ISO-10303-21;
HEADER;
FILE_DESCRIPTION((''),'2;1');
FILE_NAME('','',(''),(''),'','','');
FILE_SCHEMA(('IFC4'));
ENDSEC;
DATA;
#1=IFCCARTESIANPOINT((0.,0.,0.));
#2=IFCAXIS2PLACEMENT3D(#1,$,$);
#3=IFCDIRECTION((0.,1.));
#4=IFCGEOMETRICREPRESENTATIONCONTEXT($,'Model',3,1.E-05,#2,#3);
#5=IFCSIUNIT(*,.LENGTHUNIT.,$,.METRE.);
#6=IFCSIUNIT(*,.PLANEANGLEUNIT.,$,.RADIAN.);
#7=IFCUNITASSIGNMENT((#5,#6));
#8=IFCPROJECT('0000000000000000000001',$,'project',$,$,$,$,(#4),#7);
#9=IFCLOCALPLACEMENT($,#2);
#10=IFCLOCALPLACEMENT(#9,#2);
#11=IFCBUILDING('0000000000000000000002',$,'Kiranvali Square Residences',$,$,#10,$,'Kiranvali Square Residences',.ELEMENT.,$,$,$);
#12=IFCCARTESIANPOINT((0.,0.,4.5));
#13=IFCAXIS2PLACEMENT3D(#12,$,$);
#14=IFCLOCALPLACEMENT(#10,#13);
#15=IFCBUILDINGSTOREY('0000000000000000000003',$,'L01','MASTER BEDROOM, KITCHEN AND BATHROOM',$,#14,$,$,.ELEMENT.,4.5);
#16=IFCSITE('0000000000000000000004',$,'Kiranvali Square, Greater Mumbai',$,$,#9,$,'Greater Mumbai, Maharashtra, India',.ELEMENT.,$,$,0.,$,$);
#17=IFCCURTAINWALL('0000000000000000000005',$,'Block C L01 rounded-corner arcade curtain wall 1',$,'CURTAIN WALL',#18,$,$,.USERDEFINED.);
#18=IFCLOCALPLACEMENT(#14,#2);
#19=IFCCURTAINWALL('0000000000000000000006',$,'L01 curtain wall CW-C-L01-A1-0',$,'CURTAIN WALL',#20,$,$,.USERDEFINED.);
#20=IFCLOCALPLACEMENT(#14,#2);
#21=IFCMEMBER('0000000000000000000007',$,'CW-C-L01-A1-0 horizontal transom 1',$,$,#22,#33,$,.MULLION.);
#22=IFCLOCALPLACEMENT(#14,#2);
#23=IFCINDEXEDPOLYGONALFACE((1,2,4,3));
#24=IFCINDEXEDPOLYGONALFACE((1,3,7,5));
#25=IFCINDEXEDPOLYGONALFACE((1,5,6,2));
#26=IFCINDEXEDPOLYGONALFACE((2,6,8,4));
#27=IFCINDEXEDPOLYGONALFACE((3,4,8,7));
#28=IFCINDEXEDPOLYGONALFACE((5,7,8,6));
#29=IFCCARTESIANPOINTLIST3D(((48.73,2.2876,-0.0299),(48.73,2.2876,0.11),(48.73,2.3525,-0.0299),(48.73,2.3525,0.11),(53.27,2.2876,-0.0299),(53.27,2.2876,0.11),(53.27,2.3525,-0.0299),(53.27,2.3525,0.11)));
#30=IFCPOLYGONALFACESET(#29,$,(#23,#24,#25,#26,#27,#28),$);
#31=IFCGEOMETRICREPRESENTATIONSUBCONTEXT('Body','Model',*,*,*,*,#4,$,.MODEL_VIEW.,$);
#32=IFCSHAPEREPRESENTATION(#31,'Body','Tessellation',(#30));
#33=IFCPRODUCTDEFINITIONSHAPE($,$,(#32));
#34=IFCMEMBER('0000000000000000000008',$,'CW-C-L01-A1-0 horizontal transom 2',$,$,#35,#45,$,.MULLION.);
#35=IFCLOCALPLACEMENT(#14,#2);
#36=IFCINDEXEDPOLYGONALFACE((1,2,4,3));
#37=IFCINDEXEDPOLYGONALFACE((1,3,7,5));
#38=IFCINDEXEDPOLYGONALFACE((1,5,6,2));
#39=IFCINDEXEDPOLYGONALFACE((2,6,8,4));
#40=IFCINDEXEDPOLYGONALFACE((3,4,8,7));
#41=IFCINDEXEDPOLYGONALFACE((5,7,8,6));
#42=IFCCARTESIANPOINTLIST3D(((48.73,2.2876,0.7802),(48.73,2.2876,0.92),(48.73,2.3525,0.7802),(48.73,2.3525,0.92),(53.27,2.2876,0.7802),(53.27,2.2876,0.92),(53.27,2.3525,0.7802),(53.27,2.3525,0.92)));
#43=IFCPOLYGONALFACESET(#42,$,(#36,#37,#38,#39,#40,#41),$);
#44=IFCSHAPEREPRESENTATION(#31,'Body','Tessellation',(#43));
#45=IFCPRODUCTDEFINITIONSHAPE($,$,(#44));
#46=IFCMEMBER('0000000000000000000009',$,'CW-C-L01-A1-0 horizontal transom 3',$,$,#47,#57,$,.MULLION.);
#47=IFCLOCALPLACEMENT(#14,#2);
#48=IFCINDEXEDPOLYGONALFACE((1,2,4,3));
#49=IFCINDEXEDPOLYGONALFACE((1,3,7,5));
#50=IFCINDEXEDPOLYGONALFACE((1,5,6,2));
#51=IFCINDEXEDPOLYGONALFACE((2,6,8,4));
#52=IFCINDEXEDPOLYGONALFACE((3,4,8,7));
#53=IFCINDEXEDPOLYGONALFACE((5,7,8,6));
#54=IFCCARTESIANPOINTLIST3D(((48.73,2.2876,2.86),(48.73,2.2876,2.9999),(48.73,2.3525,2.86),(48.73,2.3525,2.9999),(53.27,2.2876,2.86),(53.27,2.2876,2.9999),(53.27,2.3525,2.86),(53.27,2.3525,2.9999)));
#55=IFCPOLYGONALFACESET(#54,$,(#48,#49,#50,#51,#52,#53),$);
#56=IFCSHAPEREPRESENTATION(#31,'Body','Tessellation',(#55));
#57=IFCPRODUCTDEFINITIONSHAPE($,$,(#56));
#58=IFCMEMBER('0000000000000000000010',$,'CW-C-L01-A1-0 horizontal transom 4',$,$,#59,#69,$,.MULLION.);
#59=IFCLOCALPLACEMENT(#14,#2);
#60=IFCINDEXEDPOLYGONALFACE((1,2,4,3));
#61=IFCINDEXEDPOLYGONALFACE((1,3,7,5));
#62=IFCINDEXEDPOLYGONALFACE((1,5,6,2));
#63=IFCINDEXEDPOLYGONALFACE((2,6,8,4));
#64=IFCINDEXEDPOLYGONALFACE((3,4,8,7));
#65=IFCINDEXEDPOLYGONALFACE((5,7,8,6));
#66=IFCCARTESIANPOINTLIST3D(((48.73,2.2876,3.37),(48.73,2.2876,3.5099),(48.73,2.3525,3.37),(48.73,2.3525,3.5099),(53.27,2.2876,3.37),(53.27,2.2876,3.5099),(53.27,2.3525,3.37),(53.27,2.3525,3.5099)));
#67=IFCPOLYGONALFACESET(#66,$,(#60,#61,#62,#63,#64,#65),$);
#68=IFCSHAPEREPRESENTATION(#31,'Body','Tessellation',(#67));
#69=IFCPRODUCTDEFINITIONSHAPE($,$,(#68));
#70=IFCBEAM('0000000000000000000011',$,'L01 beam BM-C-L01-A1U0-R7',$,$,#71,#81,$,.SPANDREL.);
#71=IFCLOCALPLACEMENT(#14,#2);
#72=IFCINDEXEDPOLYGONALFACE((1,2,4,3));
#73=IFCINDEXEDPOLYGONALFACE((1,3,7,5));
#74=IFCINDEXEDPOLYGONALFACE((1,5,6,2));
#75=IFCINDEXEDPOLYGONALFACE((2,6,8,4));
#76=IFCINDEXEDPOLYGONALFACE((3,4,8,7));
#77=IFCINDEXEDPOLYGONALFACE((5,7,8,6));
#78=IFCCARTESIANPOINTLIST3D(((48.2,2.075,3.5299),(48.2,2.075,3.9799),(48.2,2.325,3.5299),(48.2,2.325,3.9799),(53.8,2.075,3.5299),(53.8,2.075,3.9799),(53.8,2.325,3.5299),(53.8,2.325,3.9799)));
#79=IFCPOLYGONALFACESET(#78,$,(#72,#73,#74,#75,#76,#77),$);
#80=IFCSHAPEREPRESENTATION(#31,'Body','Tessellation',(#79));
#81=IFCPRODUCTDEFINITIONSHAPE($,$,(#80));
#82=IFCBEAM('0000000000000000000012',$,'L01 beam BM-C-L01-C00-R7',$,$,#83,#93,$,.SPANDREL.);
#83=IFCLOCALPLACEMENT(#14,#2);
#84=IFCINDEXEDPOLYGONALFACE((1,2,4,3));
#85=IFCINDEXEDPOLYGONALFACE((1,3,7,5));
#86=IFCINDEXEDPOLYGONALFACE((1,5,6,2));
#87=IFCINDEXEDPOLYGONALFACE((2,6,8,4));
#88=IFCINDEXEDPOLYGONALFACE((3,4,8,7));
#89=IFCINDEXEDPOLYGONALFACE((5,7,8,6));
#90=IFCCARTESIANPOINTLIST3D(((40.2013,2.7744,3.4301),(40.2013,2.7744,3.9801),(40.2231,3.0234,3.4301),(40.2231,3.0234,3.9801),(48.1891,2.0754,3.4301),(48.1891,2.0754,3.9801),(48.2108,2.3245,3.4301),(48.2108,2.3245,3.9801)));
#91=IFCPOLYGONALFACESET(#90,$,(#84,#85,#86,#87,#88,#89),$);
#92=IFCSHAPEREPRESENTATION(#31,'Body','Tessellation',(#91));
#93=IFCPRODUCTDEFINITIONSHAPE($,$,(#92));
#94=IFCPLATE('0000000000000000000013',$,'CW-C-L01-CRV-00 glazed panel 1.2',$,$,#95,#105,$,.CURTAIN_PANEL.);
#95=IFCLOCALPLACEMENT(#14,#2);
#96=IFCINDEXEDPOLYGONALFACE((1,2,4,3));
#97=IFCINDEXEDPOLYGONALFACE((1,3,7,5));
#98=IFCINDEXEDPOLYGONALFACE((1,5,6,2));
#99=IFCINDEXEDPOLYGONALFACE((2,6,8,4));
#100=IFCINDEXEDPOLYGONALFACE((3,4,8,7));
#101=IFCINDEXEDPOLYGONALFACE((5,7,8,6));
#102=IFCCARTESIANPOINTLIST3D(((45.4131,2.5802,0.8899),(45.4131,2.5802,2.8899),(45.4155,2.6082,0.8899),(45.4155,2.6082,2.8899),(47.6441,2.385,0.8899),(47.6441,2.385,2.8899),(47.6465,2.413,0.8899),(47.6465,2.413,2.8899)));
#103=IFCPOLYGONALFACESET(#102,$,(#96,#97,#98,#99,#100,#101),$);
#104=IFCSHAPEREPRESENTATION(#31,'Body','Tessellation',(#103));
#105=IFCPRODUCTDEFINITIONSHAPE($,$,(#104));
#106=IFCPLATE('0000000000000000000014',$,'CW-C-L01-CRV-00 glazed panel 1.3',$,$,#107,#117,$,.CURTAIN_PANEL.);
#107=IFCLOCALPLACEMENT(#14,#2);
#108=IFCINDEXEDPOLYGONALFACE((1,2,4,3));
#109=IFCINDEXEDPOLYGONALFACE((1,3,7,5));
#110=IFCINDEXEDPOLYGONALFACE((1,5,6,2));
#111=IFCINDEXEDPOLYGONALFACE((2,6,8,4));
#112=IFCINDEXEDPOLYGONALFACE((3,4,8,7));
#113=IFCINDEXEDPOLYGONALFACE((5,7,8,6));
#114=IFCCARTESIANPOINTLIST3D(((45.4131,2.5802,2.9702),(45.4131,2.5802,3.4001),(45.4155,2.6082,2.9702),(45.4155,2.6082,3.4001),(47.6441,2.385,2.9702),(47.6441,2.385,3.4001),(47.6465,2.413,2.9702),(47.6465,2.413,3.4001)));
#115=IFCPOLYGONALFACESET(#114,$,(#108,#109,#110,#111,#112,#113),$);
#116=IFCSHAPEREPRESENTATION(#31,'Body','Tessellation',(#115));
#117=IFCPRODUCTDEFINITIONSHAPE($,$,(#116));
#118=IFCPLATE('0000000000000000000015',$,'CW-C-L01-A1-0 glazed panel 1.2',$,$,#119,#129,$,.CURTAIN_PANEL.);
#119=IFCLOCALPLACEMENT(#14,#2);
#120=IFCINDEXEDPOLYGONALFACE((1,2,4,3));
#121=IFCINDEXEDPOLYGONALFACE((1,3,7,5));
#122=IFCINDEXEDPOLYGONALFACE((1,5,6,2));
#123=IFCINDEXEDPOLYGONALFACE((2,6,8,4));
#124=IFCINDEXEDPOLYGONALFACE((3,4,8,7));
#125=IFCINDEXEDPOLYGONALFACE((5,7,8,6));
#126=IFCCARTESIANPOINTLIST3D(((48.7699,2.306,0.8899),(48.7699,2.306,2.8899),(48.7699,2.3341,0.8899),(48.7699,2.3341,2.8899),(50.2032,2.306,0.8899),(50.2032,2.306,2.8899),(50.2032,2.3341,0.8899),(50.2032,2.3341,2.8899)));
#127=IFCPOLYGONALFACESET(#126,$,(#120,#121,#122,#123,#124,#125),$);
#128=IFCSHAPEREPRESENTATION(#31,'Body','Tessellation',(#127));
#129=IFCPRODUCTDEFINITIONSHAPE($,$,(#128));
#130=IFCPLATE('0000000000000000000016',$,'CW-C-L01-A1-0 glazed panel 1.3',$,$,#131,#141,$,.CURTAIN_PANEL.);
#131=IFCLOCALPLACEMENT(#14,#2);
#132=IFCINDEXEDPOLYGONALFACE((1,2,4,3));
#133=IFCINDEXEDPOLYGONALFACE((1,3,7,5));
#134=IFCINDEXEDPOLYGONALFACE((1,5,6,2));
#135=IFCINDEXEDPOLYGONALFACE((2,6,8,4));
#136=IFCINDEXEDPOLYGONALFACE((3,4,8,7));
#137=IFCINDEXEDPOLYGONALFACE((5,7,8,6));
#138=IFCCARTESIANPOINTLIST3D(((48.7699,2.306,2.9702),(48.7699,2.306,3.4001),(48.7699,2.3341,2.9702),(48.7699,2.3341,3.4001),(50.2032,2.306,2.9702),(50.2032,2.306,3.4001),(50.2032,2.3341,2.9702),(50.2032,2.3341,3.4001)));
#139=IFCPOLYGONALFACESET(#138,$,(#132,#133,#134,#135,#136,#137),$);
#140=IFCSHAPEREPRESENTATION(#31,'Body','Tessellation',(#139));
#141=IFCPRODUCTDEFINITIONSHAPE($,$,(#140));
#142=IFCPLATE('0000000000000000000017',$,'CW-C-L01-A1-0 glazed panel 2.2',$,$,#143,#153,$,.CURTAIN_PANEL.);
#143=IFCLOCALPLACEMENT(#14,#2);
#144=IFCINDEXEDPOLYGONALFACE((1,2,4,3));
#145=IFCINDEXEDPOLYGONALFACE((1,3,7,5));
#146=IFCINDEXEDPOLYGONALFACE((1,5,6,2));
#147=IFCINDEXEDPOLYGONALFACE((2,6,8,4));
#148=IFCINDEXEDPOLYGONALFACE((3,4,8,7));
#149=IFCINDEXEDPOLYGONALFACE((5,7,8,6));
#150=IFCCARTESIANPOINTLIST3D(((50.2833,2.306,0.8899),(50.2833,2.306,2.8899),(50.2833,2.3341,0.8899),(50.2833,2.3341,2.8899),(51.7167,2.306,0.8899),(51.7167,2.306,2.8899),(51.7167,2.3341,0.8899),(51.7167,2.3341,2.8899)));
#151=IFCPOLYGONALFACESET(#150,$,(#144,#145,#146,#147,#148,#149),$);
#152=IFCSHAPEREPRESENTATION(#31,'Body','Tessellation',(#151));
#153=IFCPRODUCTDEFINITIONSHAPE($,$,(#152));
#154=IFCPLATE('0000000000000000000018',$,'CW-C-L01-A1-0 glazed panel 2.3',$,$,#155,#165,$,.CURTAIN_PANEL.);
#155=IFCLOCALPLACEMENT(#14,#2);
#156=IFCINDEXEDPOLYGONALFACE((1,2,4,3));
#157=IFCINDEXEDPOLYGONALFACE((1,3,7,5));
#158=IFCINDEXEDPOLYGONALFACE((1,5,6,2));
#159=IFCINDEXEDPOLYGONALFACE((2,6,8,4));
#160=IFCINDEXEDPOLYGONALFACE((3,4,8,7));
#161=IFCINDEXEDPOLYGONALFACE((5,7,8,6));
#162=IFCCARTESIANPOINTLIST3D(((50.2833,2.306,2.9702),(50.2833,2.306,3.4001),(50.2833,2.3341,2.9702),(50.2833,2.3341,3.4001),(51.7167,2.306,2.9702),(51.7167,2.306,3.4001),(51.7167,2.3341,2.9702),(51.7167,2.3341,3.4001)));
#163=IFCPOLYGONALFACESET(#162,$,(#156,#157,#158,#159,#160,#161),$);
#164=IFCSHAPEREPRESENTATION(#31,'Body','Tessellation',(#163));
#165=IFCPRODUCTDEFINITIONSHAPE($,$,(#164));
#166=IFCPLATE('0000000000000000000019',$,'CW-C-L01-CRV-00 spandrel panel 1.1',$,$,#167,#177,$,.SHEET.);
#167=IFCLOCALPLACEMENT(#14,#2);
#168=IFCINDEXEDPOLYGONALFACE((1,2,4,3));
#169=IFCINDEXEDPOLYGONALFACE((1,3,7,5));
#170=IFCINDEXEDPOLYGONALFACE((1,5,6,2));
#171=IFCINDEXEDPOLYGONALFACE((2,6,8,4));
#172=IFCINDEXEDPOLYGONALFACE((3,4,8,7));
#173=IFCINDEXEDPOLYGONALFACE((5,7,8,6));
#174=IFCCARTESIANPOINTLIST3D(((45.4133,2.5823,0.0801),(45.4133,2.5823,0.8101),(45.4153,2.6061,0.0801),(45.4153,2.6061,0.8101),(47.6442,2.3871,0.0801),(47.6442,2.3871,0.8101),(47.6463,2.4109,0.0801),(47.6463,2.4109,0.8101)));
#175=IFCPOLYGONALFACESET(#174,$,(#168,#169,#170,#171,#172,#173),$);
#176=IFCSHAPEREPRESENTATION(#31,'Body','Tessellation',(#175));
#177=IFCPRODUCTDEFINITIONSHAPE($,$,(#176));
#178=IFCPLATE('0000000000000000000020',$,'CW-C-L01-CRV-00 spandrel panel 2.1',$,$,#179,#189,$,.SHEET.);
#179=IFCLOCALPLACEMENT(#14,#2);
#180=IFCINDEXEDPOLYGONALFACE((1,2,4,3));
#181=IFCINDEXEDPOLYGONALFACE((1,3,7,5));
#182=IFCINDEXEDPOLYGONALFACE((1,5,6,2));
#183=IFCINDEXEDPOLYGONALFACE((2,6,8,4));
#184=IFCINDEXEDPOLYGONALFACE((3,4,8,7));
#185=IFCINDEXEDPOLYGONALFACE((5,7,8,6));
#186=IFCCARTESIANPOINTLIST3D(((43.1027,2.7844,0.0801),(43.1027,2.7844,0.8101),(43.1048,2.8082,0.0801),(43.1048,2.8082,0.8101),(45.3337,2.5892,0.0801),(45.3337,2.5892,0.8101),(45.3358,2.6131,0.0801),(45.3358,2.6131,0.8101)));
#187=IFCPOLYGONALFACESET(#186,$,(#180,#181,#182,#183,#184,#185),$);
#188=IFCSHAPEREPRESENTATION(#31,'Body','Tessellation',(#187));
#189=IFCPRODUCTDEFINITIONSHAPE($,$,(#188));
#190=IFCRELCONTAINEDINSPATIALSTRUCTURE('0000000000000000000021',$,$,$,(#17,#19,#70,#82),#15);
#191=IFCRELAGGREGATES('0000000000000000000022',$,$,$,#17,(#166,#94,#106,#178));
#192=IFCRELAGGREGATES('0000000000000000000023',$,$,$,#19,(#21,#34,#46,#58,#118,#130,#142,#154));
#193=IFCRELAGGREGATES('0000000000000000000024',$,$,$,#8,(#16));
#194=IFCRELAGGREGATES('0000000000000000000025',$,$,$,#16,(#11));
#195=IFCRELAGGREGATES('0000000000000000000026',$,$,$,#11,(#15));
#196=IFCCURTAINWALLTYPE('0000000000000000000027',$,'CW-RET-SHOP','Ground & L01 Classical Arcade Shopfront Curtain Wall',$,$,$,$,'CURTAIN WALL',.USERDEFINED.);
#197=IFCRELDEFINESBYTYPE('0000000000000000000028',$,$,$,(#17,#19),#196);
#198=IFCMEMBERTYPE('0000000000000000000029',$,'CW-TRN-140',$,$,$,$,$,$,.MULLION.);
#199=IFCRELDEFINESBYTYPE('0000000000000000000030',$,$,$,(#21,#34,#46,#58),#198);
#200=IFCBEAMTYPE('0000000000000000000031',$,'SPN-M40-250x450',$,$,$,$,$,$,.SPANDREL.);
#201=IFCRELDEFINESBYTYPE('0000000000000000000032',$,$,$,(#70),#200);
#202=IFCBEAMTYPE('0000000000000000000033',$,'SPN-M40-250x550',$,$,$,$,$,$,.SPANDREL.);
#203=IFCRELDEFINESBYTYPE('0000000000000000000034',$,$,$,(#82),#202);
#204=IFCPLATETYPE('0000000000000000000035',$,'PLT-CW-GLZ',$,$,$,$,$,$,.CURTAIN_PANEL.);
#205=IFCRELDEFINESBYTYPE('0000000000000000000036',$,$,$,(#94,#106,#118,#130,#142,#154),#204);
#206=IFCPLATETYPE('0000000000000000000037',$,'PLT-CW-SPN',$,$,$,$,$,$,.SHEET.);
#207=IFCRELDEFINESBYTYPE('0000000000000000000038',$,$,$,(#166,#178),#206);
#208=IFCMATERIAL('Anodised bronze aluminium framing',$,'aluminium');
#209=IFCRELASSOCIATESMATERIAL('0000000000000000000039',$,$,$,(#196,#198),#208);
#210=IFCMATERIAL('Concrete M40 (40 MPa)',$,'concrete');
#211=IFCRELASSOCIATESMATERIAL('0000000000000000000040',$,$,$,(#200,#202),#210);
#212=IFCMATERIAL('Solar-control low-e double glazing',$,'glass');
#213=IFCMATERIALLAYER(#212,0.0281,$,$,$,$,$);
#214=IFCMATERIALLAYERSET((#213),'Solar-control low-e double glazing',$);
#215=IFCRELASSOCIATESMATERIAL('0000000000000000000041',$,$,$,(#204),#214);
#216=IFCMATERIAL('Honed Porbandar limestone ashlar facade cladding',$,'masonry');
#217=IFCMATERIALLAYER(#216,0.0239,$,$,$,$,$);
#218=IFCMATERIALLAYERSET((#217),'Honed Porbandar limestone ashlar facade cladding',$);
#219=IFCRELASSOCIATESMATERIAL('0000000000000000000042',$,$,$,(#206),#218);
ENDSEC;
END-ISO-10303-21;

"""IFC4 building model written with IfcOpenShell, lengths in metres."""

from ifc_helpers import new_model, si_unit, direction, frame, origin, origin_2d, place, context, subcontext, project, spatial, rectangle, extrude, material, layer, layer_set, material_profile, profile_set, type_object, element, aggregate, save


model = new_model("IFC4")

# Units and contexts
model_context = context("Model", 3, precision=1e-05, world=origin(), true_north=direction((0.0, 1.0)))
body_context = subcontext(model_context, "Body", "Model", "MODEL_VIEW")
ifc_project = project(units=[si_unit("LENGTHUNIT", "METRE"), si_unit("PLANEANGLEUNIT", "RADIAN")], contexts=[model_context])

# Site, building, storey
site_placement = place(None, origin())
site = spatial("IfcSite", under=ifc_project, at=site_placement, Name="Kiranvali Square, Greater Mumbai", LongName="Greater Mumbai, Maharashtra, India", CompositionType="ELEMENT", RefElevation=0.0)
building_placement = place(site_placement, origin())
building = spatial("IfcBuilding", under=site, at=building_placement, Name="Kiranvali Square Residences", LongName="Kiranvali Square Residences", CompositionType="ELEMENT")
storey_placement = place(building_placement, frame((0.0, 0.0, 4.5)))
storey = spatial("IfcBuildingStorey", under=building, at=storey_placement, Name="L01", Description="MASTER BEDROOM, KITCHEN AND BATHROOM", CompositionType="ELEMENT", Elevation=4.5)

# Shared definitions
ifc_material_1 = material(Name="Concrete M40 (40 MPa)", Category="concrete")

# Curtain walls
ifc_material_2 = material(Name="Anodised bronze aluminium framing", Category="aluminium")
curtain_wall_type = type_object("IfcCurtainWallType", Name="CW-RET-SHOP", Description="Ground & L01 Classical Arcade Shopfront Curtain Wall", ElementType="CURTAIN WALL", PredefinedType="USERDEFINED", material=ifc_material_2)
curtain_wall_1_placement = place(storey_placement, origin())
curtain_wall_1 = element("IfcCurtainWall", 1, at=curtain_wall_1_placement, inside=storey, type_object=curtain_wall_type, Name="Block C L01 rounded-corner arcade curtain wall 1", ObjectType="CURTAIN WALL", PredefinedType="USERDEFINED")
curtain_wall_2_placement = place(storey_placement, origin())
curtain_wall_2 = element("IfcCurtainWall", 2, at=curtain_wall_2_placement, inside=storey, type_object=curtain_wall_type, Name="L01 curtain wall CW-C-L01-A1-0", ObjectType="CURTAIN WALL", PredefinedType="USERDEFINED")

# Members
ifc_material_profile_1 = material_profile(ifc_material_2, rectangle(XDim=0.0649, YDim=0.1399, at=origin_2d()), Name="ALU 65x140")
ifc_profile_set_1 = profile_set([ifc_material_profile_1], Name="Anodised bronze aluminium framing")
member_type_1 = type_object("IfcMemberType", Name="CW-TRN-140", PredefinedType="MULLION", material=ifc_profile_set_1)
member_1_placement = place(storey_placement, frame((48.73, 2.3201, 0.04), z_axis=(1.0, 0.0, 0.0), x_axis=(0.0, 1.0, 0.0)))
member_1 = element("IfcMember", 3, at=member_1_placement, type_object=member_type_1, Name="CW-C-L01-A1-0 horizontal transom 1", PredefinedType="MULLION", context=body_context, shape_type="SweptSolid", body=[
    extrude(rectangle(XDim=0.0649, YDim=0.1399, at=origin_2d()), origin(), (0.0, 0.0, 1.0), 4.54),
])
member_2_placement = place(storey_placement, frame((48.73, 2.3201, 0.8501), z_axis=(1.0, 0.0, 0.0), x_axis=(0.0, 1.0, 0.0)))
member_2 = element("IfcMember", 4, at=member_2_placement, type_object=member_type_1, Name="CW-C-L01-A1-0 horizontal transom 2", PredefinedType="MULLION", context=body_context, shape_type="SweptSolid", body=[
    extrude(rectangle(XDim=0.0649, YDim=0.1399, at=origin_2d()), origin(), (0.0, 0.0, 1.0), 4.54),
])
member_3_placement = place(storey_placement, frame((48.73, 2.3201, 2.9299), z_axis=(1.0, 0.0, 0.0), x_axis=(0.0, 1.0, 0.0)))
member_3 = element("IfcMember", 5, at=member_3_placement, type_object=member_type_1, Name="CW-C-L01-A1-0 horizontal transom 3", PredefinedType="MULLION", context=body_context, shape_type="SweptSolid", body=[
    extrude(rectangle(XDim=0.0649, YDim=0.1399, at=origin_2d()), origin(), (0.0, 0.0, 1.0), 4.54),
])
member_4_placement = place(storey_placement, frame((48.73, 2.3201, 3.4399), z_axis=(1.0, 0.0, 0.0), x_axis=(0.0, 1.0, 0.0)))
member_4 = element("IfcMember", 6, at=member_4_placement, type_object=member_type_1, Name="CW-C-L01-A1-0 horizontal transom 4", PredefinedType="MULLION", context=body_context, shape_type="SweptSolid", body=[
    extrude(rectangle(XDim=0.0649, YDim=0.1399, at=origin_2d()), origin(), (0.0, 0.0, 1.0), 4.54),
])

# Beams
ifc_material_profile_2 = material_profile(ifc_material_1, rectangle(XDim=0.25, YDim=0.45, at=origin_2d()), Name="RC 250x450")
ifc_profile_set_2 = profile_set([ifc_material_profile_2], Name="Concrete M40 (40 MPa)")
beam_type_1 = type_object("IfcBeamType", Name="SPN-M40-250x450", PredefinedType="SPANDREL", material=ifc_profile_set_2)
beam_1_placement = place(storey_placement, frame((48.2, 2.2, 3.7549), z_axis=(1.0, 0.0, 0.0), x_axis=(0.0, 1.0, 0.0)))
element("IfcBeam", 7, at=beam_1_placement, inside=storey, type_object=beam_type_1, Name="L01 beam BM-C-L01-A1U0-R7", PredefinedType="SPANDREL", context=body_context, shape_type="SweptSolid", body=[
    extrude(rectangle(XDim=0.25, YDim=0.45, at=origin_2d()), origin(), (0.0, 0.0, 1.0), 5.6001),
])
ifc_material_profile_3 = material_profile(ifc_material_1, rectangle(XDim=0.25, YDim=0.55, at=origin_2d()), Name="RC 250x550")
ifc_profile_set_3 = profile_set([ifc_material_profile_3], Name="Concrete M40 (40 MPa)")
beam_type_2 = type_object("IfcBeamType", Name="SPN-M40-250x550", PredefinedType="SPANDREL", material=ifc_profile_set_3)
beam_2_placement = place(storey_placement, frame((48.2, 2.2, 3.7051), z_axis=(-0.996193, 0.087172, 0.0), x_axis=(-0.087172, -0.996193, 0.0)))
element("IfcBeam", 8, at=beam_2_placement, inside=storey, type_object=beam_type_2, Name="L01 beam BM-C-L01-C00-R7", PredefinedType="SPANDREL", context=body_context, shape_type="SweptSolid", body=[
    extrude(rectangle(XDim=0.25, YDim=0.55, at=origin_2d()), origin(), (0.0, 0.0, 1.0), 8.0183),
])

# Plates
ifc_material_3 = material(Name="Solar-control low-e double glazing", Category="glass")
ifc_layer_1 = layer(ifc_material_3, 0.0281)
ifc_layer_set_1 = layer_set([ifc_layer_1], Name="Solar-control low-e double glazing")
plate_type_1 = type_object("IfcPlateType", Name="PLT-CW-GLZ", PredefinedType="CURTAIN_PANEL", material=ifc_layer_set_1)
plate_1_placement = place(storey_placement, frame((46.5298, 2.4966, 0.8899), z_axis=(0.0, 0.0, 1.0), x_axis=(-0.996195, 0.087156, 0.0)))
plate_1 = element("IfcPlate", 9, at=plate_1_placement, type_object=plate_type_1, Name="CW-C-L01-CRV-00 glazed panel 1.2", PredefinedType="CURTAIN_PANEL", context=body_context, shape_type="SweptSolid", body=[
    extrude(rectangle(XDim=2.2395, YDim=0.0281, at=origin_2d()), origin(), (0.0, 0.0, 1.0), 2.0),
])
plate_2_placement = place(storey_placement, frame((46.5298, 2.4966, 2.9702), z_axis=(0.0, 0.0, 1.0), x_axis=(-0.996195, 0.087156, 0.0)))
plate_2 = element("IfcPlate", 10, at=plate_2_placement, type_object=plate_type_1, Name="CW-C-L01-CRV-00 glazed panel 1.3", PredefinedType="CURTAIN_PANEL", context=body_context, shape_type="SweptSolid", body=[
    extrude(rectangle(XDim=2.2395, YDim=0.0281, at=origin_2d()), origin(), (0.0, 0.0, 1.0), 0.4299),
])
plate_3_placement = place(storey_placement, frame((49.4866, 2.3201, 0.8899), z_axis=(0.0, 0.0, 1.0), x_axis=(1.0, 0.0, 0.0)))
plate_3 = element("IfcPlate", 11, at=plate_3_placement, type_object=plate_type_1, Name="CW-C-L01-A1-0 glazed panel 1.2", PredefinedType="CURTAIN_PANEL", context=body_context, shape_type="SweptSolid", body=[
    extrude(rectangle(XDim=1.4333, YDim=0.0281, at=origin_2d()), origin(), (0.0, 0.0, 1.0), 2.0),
])
plate_4_placement = place(storey_placement, frame((49.4866, 2.3201, 2.9702), z_axis=(0.0, 0.0, 1.0), x_axis=(1.0, 0.0, 0.0)))
plate_4 = element("IfcPlate", 12, at=plate_4_placement, type_object=plate_type_1, Name="CW-C-L01-A1-0 glazed panel 1.3", PredefinedType="CURTAIN_PANEL", context=body_context, shape_type="SweptSolid", body=[
    extrude(rectangle(XDim=1.4333, YDim=0.0281, at=origin_2d()), origin(), (0.0, 0.0, 1.0), 0.4299),
])
plate_5_placement = place(storey_placement, frame((51.0, 2.3201, 0.8899), z_axis=(0.0, 0.0, 1.0), x_axis=(1.0, 0.0, 0.0)))
plate_5 = element("IfcPlate", 13, at=plate_5_placement, type_object=plate_type_1, Name="CW-C-L01-A1-0 glazed panel 2.2", PredefinedType="CURTAIN_PANEL", context=body_context, shape_type="SweptSolid", body=[
    extrude(rectangle(XDim=1.4333, YDim=0.0281, at=origin_2d()), origin(), (0.0, 0.0, 1.0), 2.0),
])
plate_6_placement = place(storey_placement, frame((51.0, 2.3201, 2.9702), z_axis=(0.0, 0.0, 1.0), x_axis=(1.0, 0.0, 0.0)))
plate_6 = element("IfcPlate", 14, at=plate_6_placement, type_object=plate_type_1, Name="CW-C-L01-A1-0 glazed panel 2.3", PredefinedType="CURTAIN_PANEL", context=body_context, shape_type="SweptSolid", body=[
    extrude(rectangle(XDim=1.4333, YDim=0.0281, at=origin_2d()), origin(), (0.0, 0.0, 1.0), 0.4299),
])
ifc_material_4 = material(Name="Honed Porbandar limestone ashlar facade cladding", Category="masonry")
ifc_layer_2 = layer(ifc_material_4, 0.0239)
ifc_layer_set_2 = layer_set([ifc_layer_2], Name="Honed Porbandar limestone ashlar facade cladding")
plate_type_2 = type_object("IfcPlateType", Name="PLT-CW-SPN", PredefinedType="SHEET", material=ifc_layer_set_2)
plate_7_placement = place(storey_placement, frame((46.5298, 2.4966, 0.0801), z_axis=(0.0, 0.0, 1.0), x_axis=(-0.996195, 0.087156, 0.0)))
plate_7 = element("IfcPlate", 15, at=plate_7_placement, type_object=plate_type_2, Name="CW-C-L01-CRV-00 spandrel panel 1.1", PredefinedType="SHEET", context=body_context, shape_type="SweptSolid", body=[
    extrude(rectangle(XDim=2.2395, YDim=0.0239, at=origin_2d()), origin(), (0.0, 0.0, 1.0), 0.73),
])
plate_8_placement = place(storey_placement, frame((44.2192, 2.6987, 0.0801), z_axis=(0.0, 0.0, 1.0), x_axis=(-0.996195, 0.087156, 0.0)))
plate_8 = element("IfcPlate", 16, at=plate_8_placement, type_object=plate_type_2, Name="CW-C-L01-CRV-00 spandrel panel 2.1", PredefinedType="SHEET", context=body_context, shape_type="SweptSolid", body=[
    extrude(rectangle(XDim=2.2395, YDim=0.0239, at=origin_2d()), origin(), (0.0, 0.0, 1.0), 0.73),
])
aggregate(curtain_wall_1, [plate_7, plate_1, plate_2, plate_8])
aggregate(curtain_wall_2, [member_1, member_2, member_3, member_4, plate_3, plate_4, plate_5, plate_6])

save(model, "model.ifc")
